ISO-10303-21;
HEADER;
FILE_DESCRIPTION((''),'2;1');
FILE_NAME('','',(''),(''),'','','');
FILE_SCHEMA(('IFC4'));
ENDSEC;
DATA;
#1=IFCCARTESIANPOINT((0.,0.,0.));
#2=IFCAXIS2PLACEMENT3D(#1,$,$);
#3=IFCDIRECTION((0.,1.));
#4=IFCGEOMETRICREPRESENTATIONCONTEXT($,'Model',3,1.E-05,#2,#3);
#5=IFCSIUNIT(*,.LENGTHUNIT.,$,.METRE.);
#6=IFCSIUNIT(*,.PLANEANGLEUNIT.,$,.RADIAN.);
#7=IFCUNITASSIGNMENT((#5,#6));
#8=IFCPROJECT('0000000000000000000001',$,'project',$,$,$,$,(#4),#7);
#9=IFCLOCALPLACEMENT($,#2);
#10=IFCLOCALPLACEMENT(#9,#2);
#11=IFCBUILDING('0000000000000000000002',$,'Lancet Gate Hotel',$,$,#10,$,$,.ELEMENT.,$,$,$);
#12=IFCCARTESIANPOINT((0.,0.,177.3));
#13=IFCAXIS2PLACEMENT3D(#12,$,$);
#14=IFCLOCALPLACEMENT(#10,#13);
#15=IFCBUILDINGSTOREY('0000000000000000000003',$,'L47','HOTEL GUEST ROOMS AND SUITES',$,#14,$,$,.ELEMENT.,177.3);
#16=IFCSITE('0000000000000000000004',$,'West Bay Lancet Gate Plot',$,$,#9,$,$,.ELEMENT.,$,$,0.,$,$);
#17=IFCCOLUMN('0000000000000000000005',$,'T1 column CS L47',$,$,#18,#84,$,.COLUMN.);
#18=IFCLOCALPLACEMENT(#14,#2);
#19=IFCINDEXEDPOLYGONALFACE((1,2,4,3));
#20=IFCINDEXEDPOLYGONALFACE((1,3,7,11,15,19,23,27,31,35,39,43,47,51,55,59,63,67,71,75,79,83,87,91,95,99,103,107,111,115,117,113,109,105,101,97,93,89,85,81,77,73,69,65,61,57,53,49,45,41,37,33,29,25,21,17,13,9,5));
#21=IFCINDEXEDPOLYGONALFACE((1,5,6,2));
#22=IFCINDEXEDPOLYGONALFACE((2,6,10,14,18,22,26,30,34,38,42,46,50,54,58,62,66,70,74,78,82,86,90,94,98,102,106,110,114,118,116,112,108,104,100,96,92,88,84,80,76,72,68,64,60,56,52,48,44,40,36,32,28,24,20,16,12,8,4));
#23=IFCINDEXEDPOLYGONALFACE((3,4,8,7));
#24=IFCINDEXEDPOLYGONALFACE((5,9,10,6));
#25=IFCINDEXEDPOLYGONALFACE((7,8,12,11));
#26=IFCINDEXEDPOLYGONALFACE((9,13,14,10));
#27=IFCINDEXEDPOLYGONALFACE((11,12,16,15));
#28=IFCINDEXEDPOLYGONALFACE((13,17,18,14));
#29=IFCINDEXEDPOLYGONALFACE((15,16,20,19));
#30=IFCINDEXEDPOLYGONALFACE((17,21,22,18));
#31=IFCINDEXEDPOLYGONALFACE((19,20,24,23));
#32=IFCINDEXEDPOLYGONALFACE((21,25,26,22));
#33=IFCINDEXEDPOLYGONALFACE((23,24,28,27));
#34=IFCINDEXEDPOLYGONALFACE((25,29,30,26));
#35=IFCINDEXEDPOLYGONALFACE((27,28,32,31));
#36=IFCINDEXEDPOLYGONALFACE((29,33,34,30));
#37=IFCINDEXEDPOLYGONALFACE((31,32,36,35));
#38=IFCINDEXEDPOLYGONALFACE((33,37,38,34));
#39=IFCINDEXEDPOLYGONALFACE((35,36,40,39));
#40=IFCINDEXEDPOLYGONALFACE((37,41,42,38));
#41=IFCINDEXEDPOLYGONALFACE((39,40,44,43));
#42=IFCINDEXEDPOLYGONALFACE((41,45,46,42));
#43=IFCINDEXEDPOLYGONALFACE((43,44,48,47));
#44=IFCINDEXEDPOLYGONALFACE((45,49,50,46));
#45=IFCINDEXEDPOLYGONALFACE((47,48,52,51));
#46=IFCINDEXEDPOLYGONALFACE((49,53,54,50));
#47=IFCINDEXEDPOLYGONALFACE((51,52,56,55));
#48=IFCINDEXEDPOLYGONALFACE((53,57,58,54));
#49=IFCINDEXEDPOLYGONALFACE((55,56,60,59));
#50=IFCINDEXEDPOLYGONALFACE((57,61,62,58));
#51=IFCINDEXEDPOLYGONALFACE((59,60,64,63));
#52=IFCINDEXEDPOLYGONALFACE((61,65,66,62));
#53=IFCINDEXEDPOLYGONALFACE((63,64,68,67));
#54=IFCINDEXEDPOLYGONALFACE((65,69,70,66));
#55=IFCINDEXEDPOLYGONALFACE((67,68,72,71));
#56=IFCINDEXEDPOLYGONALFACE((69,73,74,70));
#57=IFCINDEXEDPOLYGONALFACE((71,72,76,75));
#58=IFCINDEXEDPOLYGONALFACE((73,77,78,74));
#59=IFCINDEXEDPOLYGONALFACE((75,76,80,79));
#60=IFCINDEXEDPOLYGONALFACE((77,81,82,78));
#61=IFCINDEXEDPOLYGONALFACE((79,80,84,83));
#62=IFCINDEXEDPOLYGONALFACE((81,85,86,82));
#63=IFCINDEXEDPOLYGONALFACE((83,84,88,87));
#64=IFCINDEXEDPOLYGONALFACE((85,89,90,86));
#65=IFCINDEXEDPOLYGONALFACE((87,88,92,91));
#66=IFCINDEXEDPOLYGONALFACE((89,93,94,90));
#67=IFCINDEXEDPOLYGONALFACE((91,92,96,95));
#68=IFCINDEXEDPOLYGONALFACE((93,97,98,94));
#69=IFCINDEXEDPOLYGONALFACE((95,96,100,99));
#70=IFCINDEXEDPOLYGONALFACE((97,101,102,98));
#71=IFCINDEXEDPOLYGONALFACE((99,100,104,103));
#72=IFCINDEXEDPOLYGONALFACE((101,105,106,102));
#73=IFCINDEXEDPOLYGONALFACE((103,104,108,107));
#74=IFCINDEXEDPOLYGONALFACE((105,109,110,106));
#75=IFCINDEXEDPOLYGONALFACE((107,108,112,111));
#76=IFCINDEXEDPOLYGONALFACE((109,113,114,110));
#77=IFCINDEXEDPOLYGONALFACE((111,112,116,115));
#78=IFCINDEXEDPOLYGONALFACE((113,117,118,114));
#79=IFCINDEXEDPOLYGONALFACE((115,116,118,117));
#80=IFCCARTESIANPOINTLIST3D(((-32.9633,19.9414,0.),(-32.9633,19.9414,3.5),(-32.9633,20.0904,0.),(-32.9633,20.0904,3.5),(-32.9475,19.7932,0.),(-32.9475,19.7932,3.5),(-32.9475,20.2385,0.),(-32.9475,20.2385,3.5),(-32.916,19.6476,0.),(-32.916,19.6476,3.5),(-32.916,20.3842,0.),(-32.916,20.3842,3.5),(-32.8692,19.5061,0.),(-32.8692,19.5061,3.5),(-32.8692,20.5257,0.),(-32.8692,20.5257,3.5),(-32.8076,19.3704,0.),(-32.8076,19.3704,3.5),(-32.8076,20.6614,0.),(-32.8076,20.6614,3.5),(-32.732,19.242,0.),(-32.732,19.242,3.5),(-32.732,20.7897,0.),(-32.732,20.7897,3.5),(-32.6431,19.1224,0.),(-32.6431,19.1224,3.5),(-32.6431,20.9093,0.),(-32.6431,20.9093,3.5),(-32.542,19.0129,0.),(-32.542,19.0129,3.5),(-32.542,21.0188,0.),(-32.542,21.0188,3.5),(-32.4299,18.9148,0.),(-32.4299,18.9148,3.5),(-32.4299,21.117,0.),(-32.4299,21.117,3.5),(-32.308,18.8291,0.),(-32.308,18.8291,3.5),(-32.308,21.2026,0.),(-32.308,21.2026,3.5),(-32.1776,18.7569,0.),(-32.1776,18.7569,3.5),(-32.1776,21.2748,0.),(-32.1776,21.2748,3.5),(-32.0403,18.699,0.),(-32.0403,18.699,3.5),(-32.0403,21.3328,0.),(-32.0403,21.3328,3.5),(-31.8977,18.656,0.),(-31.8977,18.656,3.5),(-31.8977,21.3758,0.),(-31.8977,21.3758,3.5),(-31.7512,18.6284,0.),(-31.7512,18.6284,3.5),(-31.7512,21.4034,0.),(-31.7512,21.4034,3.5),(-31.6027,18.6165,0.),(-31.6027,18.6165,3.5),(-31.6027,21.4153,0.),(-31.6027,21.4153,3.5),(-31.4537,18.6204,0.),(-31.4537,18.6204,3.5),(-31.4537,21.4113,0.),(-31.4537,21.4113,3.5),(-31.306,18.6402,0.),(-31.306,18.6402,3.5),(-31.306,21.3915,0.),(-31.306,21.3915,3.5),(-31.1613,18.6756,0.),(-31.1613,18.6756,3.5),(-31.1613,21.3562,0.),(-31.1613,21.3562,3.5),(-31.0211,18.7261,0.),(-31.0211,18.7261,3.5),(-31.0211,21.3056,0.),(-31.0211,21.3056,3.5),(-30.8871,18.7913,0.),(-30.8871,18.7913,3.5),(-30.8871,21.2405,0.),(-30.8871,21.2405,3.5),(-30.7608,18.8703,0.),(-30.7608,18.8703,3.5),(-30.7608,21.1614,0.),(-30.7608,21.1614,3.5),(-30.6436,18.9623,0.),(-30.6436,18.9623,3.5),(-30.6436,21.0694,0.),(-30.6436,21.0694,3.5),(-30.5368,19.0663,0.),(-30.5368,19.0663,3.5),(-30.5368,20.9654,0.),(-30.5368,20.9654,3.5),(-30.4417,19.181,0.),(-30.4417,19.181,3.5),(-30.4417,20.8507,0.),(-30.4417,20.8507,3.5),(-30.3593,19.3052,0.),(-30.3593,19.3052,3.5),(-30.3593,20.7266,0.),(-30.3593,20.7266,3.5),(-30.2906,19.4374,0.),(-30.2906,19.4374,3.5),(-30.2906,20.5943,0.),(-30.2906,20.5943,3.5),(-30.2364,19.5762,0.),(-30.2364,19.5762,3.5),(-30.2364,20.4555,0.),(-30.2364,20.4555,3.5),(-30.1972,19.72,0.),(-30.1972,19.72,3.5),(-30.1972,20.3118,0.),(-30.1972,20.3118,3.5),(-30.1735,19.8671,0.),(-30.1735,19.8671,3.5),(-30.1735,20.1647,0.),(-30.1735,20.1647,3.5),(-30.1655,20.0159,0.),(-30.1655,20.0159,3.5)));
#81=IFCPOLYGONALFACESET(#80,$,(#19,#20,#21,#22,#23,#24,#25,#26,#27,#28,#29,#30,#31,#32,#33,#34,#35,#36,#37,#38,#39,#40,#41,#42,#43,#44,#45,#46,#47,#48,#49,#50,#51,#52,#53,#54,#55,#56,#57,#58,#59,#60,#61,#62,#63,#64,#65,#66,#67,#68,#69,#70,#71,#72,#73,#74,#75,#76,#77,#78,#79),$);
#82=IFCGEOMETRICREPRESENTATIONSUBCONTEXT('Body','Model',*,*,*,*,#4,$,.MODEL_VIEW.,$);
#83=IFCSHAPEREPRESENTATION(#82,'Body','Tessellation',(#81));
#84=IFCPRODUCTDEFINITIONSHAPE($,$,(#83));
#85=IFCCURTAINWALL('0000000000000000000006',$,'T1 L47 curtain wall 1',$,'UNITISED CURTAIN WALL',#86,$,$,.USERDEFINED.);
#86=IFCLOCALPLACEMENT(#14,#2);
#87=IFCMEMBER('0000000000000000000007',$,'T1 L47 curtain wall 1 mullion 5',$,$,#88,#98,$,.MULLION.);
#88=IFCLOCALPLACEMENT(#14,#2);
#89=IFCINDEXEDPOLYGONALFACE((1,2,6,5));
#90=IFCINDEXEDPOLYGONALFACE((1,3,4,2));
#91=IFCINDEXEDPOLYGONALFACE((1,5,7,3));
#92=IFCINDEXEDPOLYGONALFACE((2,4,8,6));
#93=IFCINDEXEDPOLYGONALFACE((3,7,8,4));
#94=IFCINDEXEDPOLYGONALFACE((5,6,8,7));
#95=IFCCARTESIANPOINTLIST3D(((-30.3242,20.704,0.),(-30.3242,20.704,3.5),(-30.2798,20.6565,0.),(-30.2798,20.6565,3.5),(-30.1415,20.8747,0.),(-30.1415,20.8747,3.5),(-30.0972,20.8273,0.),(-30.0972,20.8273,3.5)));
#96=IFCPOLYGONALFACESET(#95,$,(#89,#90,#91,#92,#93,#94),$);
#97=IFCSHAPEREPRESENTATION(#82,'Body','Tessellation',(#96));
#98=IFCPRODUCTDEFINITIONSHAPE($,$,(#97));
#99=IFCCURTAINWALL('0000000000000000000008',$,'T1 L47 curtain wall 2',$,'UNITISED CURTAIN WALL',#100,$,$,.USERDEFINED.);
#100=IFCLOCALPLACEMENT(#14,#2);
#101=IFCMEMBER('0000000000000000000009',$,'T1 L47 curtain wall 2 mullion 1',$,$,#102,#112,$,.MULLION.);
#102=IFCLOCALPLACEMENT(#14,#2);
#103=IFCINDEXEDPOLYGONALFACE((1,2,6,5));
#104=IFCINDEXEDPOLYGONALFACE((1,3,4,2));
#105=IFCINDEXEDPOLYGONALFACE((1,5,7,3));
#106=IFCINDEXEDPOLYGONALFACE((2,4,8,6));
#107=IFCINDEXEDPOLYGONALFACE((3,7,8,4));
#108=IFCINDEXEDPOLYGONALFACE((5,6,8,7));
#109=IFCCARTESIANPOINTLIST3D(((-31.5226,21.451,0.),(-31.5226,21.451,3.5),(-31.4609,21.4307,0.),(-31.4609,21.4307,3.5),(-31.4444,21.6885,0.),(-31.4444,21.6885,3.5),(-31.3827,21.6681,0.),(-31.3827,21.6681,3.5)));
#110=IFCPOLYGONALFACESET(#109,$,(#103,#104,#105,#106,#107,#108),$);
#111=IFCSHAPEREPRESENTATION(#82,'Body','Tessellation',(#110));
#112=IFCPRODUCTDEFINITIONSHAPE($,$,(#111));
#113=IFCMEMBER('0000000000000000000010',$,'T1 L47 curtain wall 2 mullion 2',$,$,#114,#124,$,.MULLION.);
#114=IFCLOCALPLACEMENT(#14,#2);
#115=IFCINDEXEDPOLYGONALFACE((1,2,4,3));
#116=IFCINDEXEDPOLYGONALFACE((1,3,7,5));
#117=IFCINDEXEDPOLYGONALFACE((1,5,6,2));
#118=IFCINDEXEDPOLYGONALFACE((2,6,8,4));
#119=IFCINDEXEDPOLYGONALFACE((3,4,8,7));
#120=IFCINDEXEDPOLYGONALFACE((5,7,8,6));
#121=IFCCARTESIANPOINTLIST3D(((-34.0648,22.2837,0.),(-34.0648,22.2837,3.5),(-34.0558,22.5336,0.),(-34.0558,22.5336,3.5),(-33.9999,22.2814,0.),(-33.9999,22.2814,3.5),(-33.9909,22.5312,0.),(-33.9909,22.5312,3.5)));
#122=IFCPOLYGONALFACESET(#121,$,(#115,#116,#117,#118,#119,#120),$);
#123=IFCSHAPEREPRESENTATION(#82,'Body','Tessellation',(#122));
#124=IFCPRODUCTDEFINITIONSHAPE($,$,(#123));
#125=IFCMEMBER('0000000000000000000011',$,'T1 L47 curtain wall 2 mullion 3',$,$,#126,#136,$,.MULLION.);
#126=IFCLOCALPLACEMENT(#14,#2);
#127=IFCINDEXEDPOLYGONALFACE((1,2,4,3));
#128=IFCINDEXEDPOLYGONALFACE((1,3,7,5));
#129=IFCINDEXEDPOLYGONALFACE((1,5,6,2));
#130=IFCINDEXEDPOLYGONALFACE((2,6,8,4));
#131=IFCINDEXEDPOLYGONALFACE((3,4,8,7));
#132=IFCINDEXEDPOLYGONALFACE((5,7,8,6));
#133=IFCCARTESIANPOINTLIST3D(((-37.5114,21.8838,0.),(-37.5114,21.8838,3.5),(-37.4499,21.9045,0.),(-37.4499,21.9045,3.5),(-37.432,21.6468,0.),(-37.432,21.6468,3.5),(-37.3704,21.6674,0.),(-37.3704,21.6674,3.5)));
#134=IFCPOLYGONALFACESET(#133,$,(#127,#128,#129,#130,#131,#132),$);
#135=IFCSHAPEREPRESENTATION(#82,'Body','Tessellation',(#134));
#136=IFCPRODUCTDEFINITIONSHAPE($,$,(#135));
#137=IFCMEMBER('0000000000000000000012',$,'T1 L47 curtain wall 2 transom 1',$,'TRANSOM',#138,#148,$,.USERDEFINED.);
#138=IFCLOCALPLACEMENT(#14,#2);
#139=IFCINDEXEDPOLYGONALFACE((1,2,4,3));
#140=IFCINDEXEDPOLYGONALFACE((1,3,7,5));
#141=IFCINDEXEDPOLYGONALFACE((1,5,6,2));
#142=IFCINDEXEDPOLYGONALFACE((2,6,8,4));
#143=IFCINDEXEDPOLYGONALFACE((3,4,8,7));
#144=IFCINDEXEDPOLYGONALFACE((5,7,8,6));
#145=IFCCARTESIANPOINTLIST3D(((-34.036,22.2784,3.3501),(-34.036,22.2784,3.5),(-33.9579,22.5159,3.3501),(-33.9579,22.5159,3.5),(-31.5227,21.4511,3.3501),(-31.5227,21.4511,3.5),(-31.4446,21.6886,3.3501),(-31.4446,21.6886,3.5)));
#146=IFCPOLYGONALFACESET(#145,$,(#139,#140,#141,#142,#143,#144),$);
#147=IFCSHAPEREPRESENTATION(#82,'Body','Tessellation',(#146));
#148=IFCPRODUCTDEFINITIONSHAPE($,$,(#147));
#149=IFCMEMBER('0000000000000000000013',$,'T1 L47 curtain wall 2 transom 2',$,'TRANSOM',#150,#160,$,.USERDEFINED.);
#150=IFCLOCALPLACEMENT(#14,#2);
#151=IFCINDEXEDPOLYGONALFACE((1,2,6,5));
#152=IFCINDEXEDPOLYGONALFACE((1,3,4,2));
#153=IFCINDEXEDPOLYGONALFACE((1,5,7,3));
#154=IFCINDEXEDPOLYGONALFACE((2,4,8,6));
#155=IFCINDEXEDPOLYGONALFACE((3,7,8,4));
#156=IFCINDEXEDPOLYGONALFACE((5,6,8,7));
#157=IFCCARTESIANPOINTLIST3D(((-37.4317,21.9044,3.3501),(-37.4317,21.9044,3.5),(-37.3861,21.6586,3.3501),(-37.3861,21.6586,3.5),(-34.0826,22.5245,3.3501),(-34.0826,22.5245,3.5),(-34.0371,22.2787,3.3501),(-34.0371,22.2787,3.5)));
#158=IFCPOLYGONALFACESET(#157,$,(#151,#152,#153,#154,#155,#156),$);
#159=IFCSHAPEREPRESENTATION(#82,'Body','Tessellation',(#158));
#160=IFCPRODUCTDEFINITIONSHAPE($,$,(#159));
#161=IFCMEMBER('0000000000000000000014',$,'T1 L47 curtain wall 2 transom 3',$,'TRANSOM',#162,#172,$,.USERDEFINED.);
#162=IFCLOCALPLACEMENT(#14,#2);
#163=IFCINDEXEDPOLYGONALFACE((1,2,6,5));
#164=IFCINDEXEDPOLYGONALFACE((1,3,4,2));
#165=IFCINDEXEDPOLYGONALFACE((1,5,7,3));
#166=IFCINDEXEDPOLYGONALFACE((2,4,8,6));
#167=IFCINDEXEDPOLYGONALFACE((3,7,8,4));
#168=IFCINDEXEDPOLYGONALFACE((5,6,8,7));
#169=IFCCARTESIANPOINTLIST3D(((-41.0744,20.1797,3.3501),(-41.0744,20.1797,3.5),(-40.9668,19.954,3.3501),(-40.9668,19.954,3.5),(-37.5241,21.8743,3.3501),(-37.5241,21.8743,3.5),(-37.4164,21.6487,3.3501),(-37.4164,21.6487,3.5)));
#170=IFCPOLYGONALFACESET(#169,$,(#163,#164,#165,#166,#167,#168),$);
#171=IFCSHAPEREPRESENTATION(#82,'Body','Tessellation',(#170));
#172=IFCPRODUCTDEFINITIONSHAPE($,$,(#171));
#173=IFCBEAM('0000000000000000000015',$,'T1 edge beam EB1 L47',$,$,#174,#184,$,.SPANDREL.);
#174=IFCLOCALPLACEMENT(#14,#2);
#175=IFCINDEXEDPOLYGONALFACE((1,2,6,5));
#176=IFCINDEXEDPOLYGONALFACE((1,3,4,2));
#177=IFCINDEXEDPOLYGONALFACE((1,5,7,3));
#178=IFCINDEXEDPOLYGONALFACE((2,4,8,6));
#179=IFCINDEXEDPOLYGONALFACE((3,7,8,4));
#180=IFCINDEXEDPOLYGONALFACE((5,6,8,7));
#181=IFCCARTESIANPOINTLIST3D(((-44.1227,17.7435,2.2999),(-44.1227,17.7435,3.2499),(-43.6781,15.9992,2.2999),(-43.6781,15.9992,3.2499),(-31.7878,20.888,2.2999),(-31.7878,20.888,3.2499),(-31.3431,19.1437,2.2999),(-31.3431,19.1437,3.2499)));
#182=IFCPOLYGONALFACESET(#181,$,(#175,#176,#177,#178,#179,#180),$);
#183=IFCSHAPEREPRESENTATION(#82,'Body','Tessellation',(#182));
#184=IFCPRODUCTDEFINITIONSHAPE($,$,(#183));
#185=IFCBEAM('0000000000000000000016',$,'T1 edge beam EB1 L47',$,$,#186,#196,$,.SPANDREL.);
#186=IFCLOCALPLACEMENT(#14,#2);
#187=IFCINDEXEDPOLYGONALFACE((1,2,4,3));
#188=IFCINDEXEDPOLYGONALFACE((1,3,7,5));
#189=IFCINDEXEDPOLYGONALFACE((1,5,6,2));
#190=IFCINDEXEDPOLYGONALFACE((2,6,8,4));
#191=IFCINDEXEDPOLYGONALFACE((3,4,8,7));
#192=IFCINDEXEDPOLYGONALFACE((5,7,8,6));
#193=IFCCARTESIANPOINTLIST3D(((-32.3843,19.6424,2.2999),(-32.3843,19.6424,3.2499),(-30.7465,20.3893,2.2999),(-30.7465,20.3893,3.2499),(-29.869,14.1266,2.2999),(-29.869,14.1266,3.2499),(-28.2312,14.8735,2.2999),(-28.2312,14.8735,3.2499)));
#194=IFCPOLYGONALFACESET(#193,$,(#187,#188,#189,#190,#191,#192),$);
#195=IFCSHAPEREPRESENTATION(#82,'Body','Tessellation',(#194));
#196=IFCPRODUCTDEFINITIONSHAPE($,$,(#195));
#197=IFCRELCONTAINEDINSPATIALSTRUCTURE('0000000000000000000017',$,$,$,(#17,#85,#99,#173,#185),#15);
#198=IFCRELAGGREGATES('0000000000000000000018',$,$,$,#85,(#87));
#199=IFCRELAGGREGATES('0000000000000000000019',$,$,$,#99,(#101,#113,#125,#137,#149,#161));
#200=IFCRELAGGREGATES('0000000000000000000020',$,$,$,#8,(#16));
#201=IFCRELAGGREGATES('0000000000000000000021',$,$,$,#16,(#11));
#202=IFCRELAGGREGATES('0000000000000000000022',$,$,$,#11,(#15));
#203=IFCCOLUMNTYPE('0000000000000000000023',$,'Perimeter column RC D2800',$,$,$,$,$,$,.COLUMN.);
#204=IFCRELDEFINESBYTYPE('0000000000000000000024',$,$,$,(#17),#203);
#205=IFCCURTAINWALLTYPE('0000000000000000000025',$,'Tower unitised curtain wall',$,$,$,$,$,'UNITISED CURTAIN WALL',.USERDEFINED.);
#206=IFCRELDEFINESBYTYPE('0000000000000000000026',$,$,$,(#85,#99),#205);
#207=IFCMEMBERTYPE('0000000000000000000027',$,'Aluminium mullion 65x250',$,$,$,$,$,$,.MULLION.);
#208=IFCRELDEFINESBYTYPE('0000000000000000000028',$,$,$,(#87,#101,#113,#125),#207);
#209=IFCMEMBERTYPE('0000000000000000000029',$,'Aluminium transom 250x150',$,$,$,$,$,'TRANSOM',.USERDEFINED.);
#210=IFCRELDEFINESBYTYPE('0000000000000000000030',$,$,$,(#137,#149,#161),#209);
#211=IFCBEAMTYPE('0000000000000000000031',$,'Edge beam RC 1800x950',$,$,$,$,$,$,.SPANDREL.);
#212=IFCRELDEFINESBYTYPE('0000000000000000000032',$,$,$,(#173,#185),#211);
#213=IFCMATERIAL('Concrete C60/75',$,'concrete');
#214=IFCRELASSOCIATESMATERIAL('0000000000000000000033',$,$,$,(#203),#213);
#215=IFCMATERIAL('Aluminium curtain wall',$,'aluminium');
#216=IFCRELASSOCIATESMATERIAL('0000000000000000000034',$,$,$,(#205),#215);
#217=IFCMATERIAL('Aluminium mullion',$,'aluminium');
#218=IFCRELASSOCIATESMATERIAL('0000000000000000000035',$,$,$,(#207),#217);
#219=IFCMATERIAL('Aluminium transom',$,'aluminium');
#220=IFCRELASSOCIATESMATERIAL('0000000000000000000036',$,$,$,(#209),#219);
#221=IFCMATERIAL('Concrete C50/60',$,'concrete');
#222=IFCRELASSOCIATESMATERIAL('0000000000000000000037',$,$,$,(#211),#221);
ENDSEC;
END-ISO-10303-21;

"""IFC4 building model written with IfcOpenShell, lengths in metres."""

from ifc_helpers import new_model, si_unit, direction, frame, origin, origin_2d, place, context, subcontext, project, spatial, rectangle, circle, extrude, material, material_profile, profile_set, type_object, element, aggregate, save


model = new_model("IFC4")

# Units and contexts
model_context = context("Model", 3, precision=1e-05, world=origin(), true_north=direction((0.0, 1.0)))
body_context = subcontext(model_context, "Body", "Model", "MODEL_VIEW")
ifc_project = project(units=[si_unit("LENGTHUNIT", "METRE"), si_unit("PLANEANGLEUNIT", "RADIAN")], contexts=[model_context])

# Site, building, storey
site_placement = place(None, origin())
site = spatial("IfcSite", under=ifc_project, at=site_placement, Name="West Bay Lancet Gate Plot", CompositionType="ELEMENT", RefElevation=0.0)
building_placement = place(site_placement, origin())
building = spatial("IfcBuilding", under=site, at=building_placement, Name="Lancet Gate Hotel", CompositionType="ELEMENT")
storey_placement = place(building_placement, frame((0.0, 0.0, 177.3)))
storey = spatial("IfcBuildingStorey", under=building, at=storey_placement, Name="L47", Description="HOTEL GUEST ROOMS AND SUITES", CompositionType="ELEMENT", Elevation=177.3)

# Column
ifc_material_1 = material(Name="Concrete C60/75", Category="concrete")
ifc_material_profile_1 = material_profile(ifc_material_1, circle(Radius=1.3999, at=origin_2d()), Name="RC D2800")
ifc_profile_set_1 = profile_set([ifc_material_profile_1], Name="Concrete C60/75")
column_type = type_object("IfcColumnType", Name="Perimeter column RC D2800", PredefinedType="COLUMN", material=ifc_profile_set_1)
column_placement = place(storey_placement, frame((-31.5654, 20.0159, 0.0), z_axis=(0.0, 0.0, 1.0), x_axis=(1.0, 0.0, 0.0)))
element("IfcColumn", 1, at=column_placement, inside=storey, type_object=column_type, Name="T1 column CS L47", PredefinedType="COLUMN", context=body_context, shape_type="SweptSolid", body=[
    extrude(circle(Radius=1.3999, at=origin_2d()), origin(), (0.0, 0.0, 1.0), 3.5),
])

# Curtain wall, member
ifc_material_2 = material(Name="Aluminium curtain wall", Category="aluminium")
curtain_wall_type = type_object("IfcCurtainWallType", Name="Tower unitised curtain wall", ElementType="UNITISED CURTAIN WALL", PredefinedType="USERDEFINED", material=ifc_material_2)
curtain_wall_1_placement = place(storey_placement, origin())
curtain_wall_1 = element("IfcCurtainWall", 2, at=curtain_wall_1_placement, inside=storey, type_object=curtain_wall_type, Name="T1 L47 curtain wall 1", ObjectType="UNITISED CURTAIN WALL", PredefinedType="USERDEFINED")
ifc_material_3 = material(Name="Aluminium mullion", Category="aluminium")
ifc_material_profile_2 = material_profile(ifc_material_3, rectangle(XDim=0.0649, YDim=0.25, at=origin_2d()), Name="MULLION 65x250")
ifc_profile_set_2 = profile_set([ifc_material_profile_2], Name="Aluminium mullion")
member_type_1 = type_object("IfcMemberType", Name="Aluminium mullion 65x250", PredefinedType="MULLION", material=ifc_profile_set_2)
member_1_placement = place(storey_placement, frame((-30.2107, 20.7656, 0.0), z_axis=(0.0, 0.0, 1.0), x_axis=(-0.682845, 0.730563, 0.0)))
member_1 = element("IfcMember", 3, at=member_1_placement, type_object=member_type_1, Name="T1 L47 curtain wall 1 mullion 5", PredefinedType="MULLION", context=body_context, shape_type="SweptSolid", body=[
    extrude(rectangle(XDim=0.0649, YDim=0.25, at=origin_2d()), origin(), (0.0, 0.0, 1.0), 3.5),
])
aggregate(curtain_wall_1, [member_1])

# Curtain wall, members
curtain_wall_2_placement = place(storey_placement, origin())
curtain_wall_2 = element("IfcCurtainWall", 4, at=curtain_wall_2_placement, inside=storey, type_object=curtain_wall_type, Name="T1 L47 curtain wall 2", ObjectType="UNITISED CURTAIN WALL", PredefinedType="USERDEFINED")
member_2_placement = place(storey_placement, frame((-31.4526, 21.5596, 0.0), z_axis=(0.0, 0.0, 1.0), x_axis=(-0.949848, 0.312712, 0.0)))
member_2 = element("IfcMember", 5, at=member_2_placement, type_object=member_type_1, Name="T1 L47 curtain wall 2 mullion 1", PredefinedType="MULLION", context=body_context, shape_type="SweptSolid", body=[
    extrude(rectangle(XDim=0.0649, YDim=0.25, at=origin_2d()), origin(), (0.0, 0.0, 1.0), 3.5),
])
member_3_placement = place(storey_placement, frame((-34.0278, 22.4075, 0.0), z_axis=(0.0, 0.0, 1.0), x_axis=(-0.99935, 0.036037, 0.0)))
member_3 = element("IfcMember", 6, at=member_3_placement, type_object=member_type_1, Name="T1 L47 curtain wall 2 mullion 2", PredefinedType="MULLION", context=body_context, shape_type="SweptSolid", body=[
    extrude(rectangle(XDim=0.0649, YDim=0.25, at=origin_2d()), origin(), (0.0, 0.0, 1.0), 3.5),
])
member_4_placement = place(storey_placement, frame((-37.4409, 21.7756, 0.0), z_axis=(0.0, 0.0, 1.0), x_axis=(-0.948119, -0.317915, 0.0)))
member_4 = element("IfcMember", 7, at=member_4_placement, type_object=member_type_1, Name="T1 L47 curtain wall 2 mullion 3", PredefinedType="MULLION", context=body_context, shape_type="SweptSolid", body=[
    extrude(rectangle(XDim=0.0649, YDim=0.25, at=origin_2d()), origin(), (0.0, 0.0, 1.0), 3.5),
])
ifc_material_4 = material(Name="Aluminium transom", Category="aluminium")
ifc_material_profile_3 = material_profile(ifc_material_4, rectangle(XDim=0.25, YDim=0.1499, at=origin_2d()), Name="TRANSOM 250x150")
ifc_profile_set_3 = profile_set([ifc_material_profile_3], Name="Aluminium transom")
member_type_2 = type_object("IfcMemberType", Name="Aluminium transom 250x150", ElementType="TRANSOM", PredefinedType="USERDEFINED", material=ifc_profile_set_3)
member_5_placement = place(storey_placement, frame((-31.4836, 21.5698, 3.425), z_axis=(-0.949858, 0.312683, 0.0), x_axis=(-0.312683, -0.949858, 0.0)))
member_5 = element("IfcMember", 8, at=member_5_placement, type_object=member_type_2, Name="T1 L47 curtain wall 2 transom 1", ObjectType="TRANSOM", PredefinedType="USERDEFINED", context=body_context, shape_type="SweptSolid", body=[
    extrude(rectangle(XDim=0.25, YDim=0.1499, at=origin_2d()), origin(), (0.0, 0.0, 1.0), 2.646),
])
member_6_placement = place(storey_placement, frame((-34.0598, 22.4016, 3.425), z_axis=(-0.983287, -0.182064, 0.0), x_axis=(0.182064, -0.983287, 0.0)))
member_6 = element("IfcMember", 9, at=member_6_placement, type_object=member_type_2, Name="T1 L47 curtain wall 2 transom 2", ObjectType="TRANSOM", PredefinedType="USERDEFINED", context=body_context, shape_type="SweptSolid", body=[
    extrude(rectangle(XDim=0.25, YDim=0.1499, at=origin_2d()), origin(), (0.0, 0.0, 1.0), 3.406),
])
member_7_placement = place(storey_placement, frame((-37.4702, 21.7615, 3.425), z_axis=(-0.902469, -0.430755, 0.0), x_axis=(0.430755, -0.902469, 0.0)))
member_7 = element("IfcMember", 10, at=member_7_placement, type_object=member_type_2, Name="T1 L47 curtain wall 2 transom 3", ObjectType="TRANSOM", PredefinedType="USERDEFINED", context=body_context, shape_type="SweptSolid", body=[
    extrude(rectangle(XDim=0.25, YDim=0.1499, at=origin_2d()), origin(), (0.0, 0.0, 1.0), 3.9341),
])

# Beams
ifc_material_5 = material(Name="Concrete C50/60", Category="concrete")
ifc_material_profile_4 = material_profile(ifc_material_5, rectangle(XDim=1.8, YDim=0.95, at=origin_2d()), Name="RC 1800x950")
ifc_profile_set_4 = profile_set([ifc_material_profile_4], Name="Concrete C50/60")
beam_type_1 = type_object("IfcBeamType", Name="Edge beam RC 1800x950", PredefinedType="SPANDREL", material=ifc_profile_set_4)
beam_1_placement = place(storey_placement, frame((-31.5654, 20.0159, 2.7749), z_axis=(-0.969008, -0.247028, 0.0), x_axis=(0.247028, -0.969008, 0.0)))
element("IfcBeam", 11, at=beam_1_placement, inside=storey, type_object=beam_type_1, Name="T1 edge beam EB1 L47", PredefinedType="SPANDREL", context=body_context, shape_type="SweptSolid", body=[
    extrude(rectangle(XDim=1.8, YDim=0.95, at=origin_2d()), origin(), (0.0, 0.0, 1.0), 12.7295),
])
beam_2_placement = place(storey_placement, frame((-31.5654, 20.0159, 2.7749), z_axis=(0.414919, -0.909858, 0.0), x_axis=(0.909858, 0.414919, 0.0)))
element("IfcBeam", 12, at=beam_2_placement, inside=storey, type_object=beam_type_1, Name="T1 edge beam EB1 L47", PredefinedType="SPANDREL", context=body_context, shape_type="SweptSolid", body=[
    extrude(rectangle(XDim=1.8, YDim=0.95, at=origin_2d()), origin(), (0.0, 0.0, 1.0), 6.0623),
])

aggregate(curtain_wall_2, [member_2, member_3, member_4, member_5, member_6, member_7])

save(model, "model.ifc")
